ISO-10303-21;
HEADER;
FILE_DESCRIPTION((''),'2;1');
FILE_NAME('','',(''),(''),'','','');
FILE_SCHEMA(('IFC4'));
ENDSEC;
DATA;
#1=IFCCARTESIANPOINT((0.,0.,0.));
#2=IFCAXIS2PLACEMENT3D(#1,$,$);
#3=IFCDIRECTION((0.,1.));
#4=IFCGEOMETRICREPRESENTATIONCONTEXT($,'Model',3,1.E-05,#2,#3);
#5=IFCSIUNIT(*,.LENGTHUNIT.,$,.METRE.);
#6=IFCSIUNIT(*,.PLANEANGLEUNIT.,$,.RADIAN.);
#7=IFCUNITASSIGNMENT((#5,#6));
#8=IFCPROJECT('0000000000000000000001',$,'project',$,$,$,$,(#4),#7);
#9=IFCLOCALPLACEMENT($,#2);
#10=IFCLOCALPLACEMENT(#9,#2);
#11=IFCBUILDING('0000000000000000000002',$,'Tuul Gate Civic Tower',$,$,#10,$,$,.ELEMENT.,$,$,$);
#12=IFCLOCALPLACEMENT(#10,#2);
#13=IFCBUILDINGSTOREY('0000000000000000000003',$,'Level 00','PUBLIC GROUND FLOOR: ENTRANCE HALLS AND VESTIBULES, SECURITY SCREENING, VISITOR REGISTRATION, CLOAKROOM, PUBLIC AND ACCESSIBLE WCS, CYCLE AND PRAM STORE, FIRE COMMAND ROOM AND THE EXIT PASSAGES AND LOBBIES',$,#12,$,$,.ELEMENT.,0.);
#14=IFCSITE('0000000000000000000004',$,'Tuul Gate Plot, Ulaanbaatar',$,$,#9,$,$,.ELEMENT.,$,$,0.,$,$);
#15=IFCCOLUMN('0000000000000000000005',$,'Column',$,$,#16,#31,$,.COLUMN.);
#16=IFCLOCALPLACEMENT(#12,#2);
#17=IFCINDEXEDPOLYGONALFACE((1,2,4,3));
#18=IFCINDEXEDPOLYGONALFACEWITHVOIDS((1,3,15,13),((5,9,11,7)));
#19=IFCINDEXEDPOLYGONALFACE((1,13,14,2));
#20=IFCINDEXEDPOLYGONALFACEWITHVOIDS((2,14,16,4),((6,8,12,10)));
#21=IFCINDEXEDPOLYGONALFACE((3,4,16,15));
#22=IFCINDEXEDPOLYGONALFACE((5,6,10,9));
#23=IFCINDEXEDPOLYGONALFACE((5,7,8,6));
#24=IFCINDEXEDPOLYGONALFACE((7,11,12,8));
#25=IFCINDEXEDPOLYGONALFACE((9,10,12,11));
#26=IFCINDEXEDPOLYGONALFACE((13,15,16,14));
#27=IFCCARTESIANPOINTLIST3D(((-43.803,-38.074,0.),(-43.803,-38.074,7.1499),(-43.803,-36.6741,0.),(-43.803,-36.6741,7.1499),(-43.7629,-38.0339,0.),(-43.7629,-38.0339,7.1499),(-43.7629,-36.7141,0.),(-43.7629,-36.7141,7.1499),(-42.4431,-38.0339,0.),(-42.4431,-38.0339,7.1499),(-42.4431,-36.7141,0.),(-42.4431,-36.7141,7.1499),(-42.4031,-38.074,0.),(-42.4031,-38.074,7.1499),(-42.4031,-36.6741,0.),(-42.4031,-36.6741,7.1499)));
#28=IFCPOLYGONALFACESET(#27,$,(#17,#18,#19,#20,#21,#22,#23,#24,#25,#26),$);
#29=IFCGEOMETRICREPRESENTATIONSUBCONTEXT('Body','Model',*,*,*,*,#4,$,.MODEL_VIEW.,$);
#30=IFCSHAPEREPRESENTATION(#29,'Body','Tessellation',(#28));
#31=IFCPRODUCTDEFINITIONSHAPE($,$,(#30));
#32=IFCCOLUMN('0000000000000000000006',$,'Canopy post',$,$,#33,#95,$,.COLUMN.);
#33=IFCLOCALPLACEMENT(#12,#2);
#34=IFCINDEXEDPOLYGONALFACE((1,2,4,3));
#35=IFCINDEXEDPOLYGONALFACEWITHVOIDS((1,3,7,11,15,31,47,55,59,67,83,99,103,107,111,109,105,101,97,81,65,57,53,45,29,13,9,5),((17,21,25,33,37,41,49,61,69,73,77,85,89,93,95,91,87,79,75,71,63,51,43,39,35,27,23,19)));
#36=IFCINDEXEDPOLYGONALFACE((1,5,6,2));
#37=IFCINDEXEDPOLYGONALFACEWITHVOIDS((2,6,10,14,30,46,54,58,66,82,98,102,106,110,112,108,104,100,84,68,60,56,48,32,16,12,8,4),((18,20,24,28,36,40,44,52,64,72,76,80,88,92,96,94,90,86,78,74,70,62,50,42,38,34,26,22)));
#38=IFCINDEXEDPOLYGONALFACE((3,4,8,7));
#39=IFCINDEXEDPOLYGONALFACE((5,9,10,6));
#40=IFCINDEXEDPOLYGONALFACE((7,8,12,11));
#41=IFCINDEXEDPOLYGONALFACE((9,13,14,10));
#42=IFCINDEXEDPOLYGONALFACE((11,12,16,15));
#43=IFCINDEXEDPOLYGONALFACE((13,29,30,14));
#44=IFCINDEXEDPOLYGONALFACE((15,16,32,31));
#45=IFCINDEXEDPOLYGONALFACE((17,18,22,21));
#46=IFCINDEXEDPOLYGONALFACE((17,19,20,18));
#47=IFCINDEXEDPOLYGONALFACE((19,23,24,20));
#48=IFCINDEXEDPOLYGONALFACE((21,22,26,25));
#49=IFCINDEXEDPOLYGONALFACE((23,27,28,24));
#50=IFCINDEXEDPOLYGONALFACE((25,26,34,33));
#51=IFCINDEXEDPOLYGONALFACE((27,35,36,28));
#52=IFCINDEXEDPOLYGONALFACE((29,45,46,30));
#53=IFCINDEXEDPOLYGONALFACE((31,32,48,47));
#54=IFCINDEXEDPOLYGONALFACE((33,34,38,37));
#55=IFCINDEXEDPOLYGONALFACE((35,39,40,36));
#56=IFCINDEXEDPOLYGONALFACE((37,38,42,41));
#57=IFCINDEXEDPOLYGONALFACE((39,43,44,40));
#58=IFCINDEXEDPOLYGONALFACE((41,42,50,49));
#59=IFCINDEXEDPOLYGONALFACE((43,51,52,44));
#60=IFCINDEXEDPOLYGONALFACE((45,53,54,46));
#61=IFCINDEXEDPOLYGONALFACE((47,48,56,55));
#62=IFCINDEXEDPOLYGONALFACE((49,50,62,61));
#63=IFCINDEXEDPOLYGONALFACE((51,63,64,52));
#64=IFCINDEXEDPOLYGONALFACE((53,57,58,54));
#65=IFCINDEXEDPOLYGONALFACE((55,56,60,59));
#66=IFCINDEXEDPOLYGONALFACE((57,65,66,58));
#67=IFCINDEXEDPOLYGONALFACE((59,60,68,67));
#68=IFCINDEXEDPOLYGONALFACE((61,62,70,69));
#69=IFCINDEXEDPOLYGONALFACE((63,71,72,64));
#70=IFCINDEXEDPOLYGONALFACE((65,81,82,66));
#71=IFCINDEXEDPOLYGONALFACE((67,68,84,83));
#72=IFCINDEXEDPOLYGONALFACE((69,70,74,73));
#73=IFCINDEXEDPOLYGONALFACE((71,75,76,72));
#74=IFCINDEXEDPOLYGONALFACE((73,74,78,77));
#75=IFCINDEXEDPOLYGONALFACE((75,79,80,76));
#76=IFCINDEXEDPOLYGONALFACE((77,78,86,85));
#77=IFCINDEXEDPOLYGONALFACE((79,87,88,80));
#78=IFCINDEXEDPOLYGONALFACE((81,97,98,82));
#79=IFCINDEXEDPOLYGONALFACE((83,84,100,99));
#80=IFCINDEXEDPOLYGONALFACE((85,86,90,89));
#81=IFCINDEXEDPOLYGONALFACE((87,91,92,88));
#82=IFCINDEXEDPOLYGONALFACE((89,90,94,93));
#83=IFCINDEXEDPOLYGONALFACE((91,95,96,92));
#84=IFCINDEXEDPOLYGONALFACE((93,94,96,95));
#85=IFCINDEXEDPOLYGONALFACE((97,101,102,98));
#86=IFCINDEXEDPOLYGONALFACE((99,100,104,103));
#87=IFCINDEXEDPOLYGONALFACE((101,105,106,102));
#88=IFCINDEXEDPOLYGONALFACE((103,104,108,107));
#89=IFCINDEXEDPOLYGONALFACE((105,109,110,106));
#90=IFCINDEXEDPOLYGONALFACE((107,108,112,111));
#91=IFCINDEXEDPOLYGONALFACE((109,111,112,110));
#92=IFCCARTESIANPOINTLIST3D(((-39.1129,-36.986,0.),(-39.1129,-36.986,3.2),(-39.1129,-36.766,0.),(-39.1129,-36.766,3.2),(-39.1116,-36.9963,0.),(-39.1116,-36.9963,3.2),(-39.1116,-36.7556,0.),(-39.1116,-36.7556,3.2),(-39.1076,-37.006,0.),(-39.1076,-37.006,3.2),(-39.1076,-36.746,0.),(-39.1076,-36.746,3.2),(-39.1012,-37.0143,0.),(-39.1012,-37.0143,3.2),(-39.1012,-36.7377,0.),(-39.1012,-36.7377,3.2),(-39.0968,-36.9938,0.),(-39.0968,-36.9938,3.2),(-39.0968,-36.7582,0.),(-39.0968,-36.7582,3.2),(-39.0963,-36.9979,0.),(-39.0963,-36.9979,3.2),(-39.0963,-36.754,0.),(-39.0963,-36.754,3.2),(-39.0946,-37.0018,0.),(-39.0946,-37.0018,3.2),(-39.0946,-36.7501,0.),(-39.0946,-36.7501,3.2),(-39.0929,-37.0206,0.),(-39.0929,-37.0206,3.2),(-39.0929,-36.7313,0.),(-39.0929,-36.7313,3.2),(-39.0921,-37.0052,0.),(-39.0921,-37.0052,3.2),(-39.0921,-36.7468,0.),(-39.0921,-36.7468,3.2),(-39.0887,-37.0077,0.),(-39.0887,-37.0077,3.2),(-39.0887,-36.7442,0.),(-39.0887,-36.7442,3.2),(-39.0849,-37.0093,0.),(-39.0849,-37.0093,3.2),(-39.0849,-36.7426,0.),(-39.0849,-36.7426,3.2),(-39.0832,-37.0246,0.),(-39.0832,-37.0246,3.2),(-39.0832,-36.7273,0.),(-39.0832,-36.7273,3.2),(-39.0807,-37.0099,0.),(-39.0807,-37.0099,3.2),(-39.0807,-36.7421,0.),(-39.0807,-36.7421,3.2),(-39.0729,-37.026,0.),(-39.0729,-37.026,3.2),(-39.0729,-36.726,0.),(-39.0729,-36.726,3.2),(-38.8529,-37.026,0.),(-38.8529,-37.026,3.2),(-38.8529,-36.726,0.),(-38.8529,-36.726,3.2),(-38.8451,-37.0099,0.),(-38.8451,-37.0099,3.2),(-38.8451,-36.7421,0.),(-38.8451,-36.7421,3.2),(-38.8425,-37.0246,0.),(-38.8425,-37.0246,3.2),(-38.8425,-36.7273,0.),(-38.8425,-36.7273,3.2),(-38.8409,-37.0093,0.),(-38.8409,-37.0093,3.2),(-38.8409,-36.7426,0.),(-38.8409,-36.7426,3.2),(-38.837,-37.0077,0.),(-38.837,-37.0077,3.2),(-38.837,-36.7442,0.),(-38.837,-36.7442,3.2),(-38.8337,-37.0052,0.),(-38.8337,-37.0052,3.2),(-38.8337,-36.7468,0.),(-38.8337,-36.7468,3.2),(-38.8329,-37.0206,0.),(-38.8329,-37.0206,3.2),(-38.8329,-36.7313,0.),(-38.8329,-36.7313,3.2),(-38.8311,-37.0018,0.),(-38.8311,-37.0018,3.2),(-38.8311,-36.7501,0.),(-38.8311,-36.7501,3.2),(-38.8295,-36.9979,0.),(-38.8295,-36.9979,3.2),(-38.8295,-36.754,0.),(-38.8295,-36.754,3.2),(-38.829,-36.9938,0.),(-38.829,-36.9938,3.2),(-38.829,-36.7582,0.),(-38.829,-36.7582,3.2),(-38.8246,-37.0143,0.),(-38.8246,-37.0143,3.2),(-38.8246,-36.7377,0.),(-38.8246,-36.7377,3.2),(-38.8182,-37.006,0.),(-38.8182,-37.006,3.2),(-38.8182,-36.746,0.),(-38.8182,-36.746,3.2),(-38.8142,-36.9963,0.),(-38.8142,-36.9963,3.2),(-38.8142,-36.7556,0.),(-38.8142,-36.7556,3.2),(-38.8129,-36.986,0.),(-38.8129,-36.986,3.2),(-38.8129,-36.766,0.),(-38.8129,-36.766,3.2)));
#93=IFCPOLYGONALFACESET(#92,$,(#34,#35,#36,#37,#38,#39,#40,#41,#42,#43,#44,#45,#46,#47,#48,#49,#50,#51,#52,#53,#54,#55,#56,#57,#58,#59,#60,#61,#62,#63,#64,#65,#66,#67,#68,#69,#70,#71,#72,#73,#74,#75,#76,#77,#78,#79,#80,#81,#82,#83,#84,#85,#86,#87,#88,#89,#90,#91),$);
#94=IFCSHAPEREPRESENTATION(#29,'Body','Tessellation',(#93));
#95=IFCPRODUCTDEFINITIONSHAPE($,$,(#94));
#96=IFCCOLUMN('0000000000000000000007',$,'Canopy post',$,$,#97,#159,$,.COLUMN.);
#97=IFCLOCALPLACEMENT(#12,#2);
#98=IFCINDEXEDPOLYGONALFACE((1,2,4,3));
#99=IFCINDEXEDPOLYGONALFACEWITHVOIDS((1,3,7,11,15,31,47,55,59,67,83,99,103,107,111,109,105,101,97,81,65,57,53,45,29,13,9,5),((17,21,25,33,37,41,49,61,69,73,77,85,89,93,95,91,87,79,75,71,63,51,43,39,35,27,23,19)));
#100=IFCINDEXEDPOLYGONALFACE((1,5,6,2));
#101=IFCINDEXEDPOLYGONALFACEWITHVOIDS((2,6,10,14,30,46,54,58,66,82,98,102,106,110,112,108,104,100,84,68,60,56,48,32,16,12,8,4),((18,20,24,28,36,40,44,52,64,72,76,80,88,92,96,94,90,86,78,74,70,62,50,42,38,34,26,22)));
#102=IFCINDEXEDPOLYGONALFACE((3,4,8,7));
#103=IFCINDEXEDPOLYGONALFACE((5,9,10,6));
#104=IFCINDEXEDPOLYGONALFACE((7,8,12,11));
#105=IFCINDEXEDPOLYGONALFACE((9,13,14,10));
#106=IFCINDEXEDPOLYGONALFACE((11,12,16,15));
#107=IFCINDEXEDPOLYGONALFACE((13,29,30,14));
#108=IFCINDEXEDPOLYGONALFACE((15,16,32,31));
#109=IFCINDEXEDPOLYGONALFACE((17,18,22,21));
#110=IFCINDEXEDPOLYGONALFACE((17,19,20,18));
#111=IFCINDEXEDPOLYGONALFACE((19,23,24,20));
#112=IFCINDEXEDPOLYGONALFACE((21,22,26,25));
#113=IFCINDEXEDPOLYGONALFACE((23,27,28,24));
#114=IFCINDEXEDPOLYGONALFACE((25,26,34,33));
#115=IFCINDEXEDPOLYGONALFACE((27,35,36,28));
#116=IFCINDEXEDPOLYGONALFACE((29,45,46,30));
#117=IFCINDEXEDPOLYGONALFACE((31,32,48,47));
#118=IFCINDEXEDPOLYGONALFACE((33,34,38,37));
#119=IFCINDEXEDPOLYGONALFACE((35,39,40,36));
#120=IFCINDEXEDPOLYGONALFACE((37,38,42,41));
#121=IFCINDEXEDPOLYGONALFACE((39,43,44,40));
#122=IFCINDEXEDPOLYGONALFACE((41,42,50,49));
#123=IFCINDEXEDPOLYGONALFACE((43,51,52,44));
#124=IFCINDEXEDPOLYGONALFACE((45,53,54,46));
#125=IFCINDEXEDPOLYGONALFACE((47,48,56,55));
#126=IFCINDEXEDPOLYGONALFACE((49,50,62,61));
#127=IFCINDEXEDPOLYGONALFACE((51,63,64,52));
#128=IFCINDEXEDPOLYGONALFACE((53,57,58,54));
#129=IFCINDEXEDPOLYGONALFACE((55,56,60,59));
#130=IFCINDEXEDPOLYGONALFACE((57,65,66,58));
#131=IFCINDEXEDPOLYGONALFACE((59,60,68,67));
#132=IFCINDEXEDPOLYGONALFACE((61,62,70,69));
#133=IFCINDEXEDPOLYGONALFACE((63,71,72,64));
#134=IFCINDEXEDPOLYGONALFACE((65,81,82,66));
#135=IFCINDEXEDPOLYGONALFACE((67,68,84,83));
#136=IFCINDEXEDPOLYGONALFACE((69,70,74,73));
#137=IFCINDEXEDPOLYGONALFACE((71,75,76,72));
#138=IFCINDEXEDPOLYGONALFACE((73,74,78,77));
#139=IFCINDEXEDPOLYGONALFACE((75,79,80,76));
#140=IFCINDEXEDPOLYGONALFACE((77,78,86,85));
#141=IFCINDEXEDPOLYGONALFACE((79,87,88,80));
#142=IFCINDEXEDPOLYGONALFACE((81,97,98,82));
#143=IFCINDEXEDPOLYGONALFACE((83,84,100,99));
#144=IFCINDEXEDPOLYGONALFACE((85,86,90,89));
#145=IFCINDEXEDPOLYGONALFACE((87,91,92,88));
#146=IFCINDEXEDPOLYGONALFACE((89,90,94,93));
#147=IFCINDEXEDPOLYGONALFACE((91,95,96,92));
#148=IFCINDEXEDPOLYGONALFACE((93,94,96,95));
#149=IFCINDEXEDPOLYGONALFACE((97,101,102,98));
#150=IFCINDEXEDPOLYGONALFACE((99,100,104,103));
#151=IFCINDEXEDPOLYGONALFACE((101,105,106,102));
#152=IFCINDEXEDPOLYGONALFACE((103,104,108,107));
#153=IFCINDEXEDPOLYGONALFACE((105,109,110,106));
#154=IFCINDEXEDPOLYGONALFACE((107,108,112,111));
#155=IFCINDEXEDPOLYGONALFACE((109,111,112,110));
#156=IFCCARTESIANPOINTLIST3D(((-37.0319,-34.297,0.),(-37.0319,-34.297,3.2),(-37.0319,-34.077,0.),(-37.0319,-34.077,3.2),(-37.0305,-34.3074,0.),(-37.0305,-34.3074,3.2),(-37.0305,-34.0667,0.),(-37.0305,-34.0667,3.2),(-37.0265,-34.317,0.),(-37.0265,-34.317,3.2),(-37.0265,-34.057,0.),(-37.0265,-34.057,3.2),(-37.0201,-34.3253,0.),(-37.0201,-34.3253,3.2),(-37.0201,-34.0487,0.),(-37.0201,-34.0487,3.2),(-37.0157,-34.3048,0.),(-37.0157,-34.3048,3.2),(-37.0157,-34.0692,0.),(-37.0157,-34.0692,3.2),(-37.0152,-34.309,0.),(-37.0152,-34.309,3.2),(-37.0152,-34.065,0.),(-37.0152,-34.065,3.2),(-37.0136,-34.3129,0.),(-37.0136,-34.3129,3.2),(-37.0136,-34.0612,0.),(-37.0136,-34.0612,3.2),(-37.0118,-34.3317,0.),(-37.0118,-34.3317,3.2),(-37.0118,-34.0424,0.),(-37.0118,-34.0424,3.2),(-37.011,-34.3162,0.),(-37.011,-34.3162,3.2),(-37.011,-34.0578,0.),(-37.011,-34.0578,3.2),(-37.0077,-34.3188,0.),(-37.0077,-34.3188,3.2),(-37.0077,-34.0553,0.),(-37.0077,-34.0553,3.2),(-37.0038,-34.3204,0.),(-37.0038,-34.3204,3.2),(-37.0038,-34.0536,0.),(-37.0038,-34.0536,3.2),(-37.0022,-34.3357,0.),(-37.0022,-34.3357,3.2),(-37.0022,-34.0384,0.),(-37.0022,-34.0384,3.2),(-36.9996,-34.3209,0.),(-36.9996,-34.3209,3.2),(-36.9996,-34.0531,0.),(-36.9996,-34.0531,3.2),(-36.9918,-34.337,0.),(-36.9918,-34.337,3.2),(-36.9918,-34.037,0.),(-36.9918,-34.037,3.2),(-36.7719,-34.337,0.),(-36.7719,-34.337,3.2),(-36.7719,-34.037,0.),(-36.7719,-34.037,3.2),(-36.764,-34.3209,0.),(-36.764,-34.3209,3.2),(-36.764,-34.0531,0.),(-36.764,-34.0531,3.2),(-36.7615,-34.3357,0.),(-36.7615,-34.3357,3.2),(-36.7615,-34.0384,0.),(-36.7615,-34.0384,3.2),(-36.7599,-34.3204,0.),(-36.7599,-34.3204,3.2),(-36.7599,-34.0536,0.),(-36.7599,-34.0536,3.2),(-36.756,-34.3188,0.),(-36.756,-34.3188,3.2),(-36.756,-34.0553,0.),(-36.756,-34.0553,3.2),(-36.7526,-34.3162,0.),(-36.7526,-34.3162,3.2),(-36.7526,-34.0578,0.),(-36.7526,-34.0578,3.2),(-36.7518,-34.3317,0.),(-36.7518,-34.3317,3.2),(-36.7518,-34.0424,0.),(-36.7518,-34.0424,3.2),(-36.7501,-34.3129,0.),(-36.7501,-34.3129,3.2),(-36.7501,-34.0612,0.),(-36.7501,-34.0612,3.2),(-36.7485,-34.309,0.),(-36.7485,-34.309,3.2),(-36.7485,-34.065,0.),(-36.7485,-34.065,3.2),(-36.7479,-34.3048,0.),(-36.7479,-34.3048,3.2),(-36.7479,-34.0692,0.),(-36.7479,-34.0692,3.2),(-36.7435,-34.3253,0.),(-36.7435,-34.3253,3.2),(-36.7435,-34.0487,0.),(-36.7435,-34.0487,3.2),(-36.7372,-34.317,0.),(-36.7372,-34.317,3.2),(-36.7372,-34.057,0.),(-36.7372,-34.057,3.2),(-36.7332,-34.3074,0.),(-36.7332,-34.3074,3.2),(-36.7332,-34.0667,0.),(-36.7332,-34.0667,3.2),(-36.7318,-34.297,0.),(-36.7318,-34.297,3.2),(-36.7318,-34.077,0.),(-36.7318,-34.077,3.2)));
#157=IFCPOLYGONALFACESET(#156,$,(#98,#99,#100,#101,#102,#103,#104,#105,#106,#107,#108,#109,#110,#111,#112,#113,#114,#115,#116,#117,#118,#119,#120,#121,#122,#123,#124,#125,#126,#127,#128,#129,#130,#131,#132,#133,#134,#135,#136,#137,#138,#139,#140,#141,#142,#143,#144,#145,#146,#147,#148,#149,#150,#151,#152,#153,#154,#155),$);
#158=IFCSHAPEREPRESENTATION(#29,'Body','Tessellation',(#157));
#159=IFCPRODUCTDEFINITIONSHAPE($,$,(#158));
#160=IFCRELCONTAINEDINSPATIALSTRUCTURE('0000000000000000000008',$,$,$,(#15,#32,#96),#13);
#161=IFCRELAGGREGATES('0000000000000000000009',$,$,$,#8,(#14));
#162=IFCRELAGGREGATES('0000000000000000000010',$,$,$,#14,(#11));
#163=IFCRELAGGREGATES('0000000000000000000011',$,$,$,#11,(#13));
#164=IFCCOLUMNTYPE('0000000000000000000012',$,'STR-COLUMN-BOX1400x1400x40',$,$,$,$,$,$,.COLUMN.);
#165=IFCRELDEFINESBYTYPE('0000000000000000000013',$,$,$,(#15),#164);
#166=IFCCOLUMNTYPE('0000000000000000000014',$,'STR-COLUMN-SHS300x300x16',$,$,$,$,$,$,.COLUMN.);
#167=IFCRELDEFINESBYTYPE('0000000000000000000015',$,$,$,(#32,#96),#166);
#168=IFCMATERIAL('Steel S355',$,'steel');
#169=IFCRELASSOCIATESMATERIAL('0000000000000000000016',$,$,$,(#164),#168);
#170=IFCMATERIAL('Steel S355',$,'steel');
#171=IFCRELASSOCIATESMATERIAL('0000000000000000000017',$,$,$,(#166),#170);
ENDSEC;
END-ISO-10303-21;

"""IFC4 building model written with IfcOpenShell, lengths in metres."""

from ifc_helpers import new_model, si_unit, direction, frame, origin, origin_2d, place, context, subcontext, project, spatial, hollow_rectangle, extrude, material, material_profile, profile_set, type_object, element, save


model = new_model("IFC4")

# Units and contexts
model_context = context("Model", 3, precision=1e-05, world=origin(), true_north=direction((0.0, 1.0)))
body_context = subcontext(model_context, "Body", "Model", "MODEL_VIEW")
ifc_project = project(units=[si_unit("LENGTHUNIT", "METRE"), si_unit("PLANEANGLEUNIT", "RADIAN")], contexts=[model_context])

# Site, building, storey
site_placement = place(None, origin())
site = spatial("IfcSite", under=ifc_project, at=site_placement, Name="Tuul Gate Plot, Ulaanbaatar", CompositionType="ELEMENT", RefElevation=0.0)
building_placement = place(site_placement, origin())
building = spatial("IfcBuilding", under=site, at=building_placement, Name="Tuul Gate Civic Tower", CompositionType="ELEMENT")
storey_placement = place(building_placement, origin())
storey = spatial("IfcBuildingStorey", under=building, at=storey_placement, Name="Level 00", Description="PUBLIC GROUND FLOOR: ENTRANCE HALLS AND VESTIBULES, SECURITY SCREENING, VISITOR REGISTRATION, CLOAKROOM, PUBLIC AND ACCESSIBLE WCS, CYCLE AND PRAM STORE, FIRE COMMAND ROOM AND THE EXIT PASSAGES AND LOBBIES", CompositionType="ELEMENT", Elevation=0.0)

# Columns
ifc_material_1 = material(Name="Steel S355", Category="steel")
ifc_material_profile_1 = material_profile(ifc_material_1, hollow_rectangle(XDim=1.3999, YDim=1.3999, WallThickness=0.04, at=origin_2d()), Name="BOX1400x1400x40")
ifc_profile_set_1 = profile_set([ifc_material_profile_1], Name="Steel S355")
column_type_1 = type_object("IfcColumnType", Name="STR-COLUMN-BOX1400x1400x40", PredefinedType="COLUMN", material=ifc_profile_set_1)
column_placement = place(storey_placement, frame((-43.103, -37.374, 0.0), z_axis=(0.0, 0.0, 1.0), x_axis=(1.0, 0.0, 0.0)))
element("IfcColumn", 1, at=column_placement, inside=storey, type_object=column_type_1, Name="Column", PredefinedType="COLUMN", context=body_context, shape_type="SweptSolid", body=[
    extrude(hollow_rectangle(XDim=1.3999, YDim=1.3999, WallThickness=0.04, at=origin_2d()), origin(), (0.0, 0.0, 1.0), 7.1499),
])
ifc_material_2 = material(Name="Steel S355", Category="steel")
ifc_material_profile_2 = material_profile(ifc_material_2, hollow_rectangle(XDim=0.3, YDim=0.3, WallThickness=0.0161, InnerFilletRadius=0.0161, OuterFilletRadius=0.04, at=origin_2d()), Name="SHS300x300x16")
ifc_profile_set_2 = profile_set([ifc_material_profile_2], Name="Steel S355")
column_type_2 = type_object("IfcColumnType", Name="STR-COLUMN-SHS300x300x16", PredefinedType="COLUMN", material=ifc_profile_set_2)
for number, where, z_axis, x_axis, name in (
    (2, (-38.9629, -36.876, 0.0), (0.0, 0.0, 1.0), (1.0, 0.0, 0.0), "Canopy post"),
    (3, (-36.8818, -34.187, 0.0), (0.0, 0.0, 1.0), (1.0, 0.0, 0.0), "Canopy post"),
):
    element("IfcColumn", number, at=place(storey_placement, frame(where, z_axis=z_axis, x_axis=x_axis)), inside=storey, type_object=column_type_2, Name=name, PredefinedType="COLUMN", context=body_context, shape_type="SweptSolid", body=[
        extrude(hollow_rectangle(XDim=0.3, YDim=0.3, WallThickness=0.0161, InnerFilletRadius=0.0161, OuterFilletRadius=0.04, at=origin_2d()), origin(), (0.0, 0.0, 1.0), 3.2),
    ])

save(model, "model.ifc")
